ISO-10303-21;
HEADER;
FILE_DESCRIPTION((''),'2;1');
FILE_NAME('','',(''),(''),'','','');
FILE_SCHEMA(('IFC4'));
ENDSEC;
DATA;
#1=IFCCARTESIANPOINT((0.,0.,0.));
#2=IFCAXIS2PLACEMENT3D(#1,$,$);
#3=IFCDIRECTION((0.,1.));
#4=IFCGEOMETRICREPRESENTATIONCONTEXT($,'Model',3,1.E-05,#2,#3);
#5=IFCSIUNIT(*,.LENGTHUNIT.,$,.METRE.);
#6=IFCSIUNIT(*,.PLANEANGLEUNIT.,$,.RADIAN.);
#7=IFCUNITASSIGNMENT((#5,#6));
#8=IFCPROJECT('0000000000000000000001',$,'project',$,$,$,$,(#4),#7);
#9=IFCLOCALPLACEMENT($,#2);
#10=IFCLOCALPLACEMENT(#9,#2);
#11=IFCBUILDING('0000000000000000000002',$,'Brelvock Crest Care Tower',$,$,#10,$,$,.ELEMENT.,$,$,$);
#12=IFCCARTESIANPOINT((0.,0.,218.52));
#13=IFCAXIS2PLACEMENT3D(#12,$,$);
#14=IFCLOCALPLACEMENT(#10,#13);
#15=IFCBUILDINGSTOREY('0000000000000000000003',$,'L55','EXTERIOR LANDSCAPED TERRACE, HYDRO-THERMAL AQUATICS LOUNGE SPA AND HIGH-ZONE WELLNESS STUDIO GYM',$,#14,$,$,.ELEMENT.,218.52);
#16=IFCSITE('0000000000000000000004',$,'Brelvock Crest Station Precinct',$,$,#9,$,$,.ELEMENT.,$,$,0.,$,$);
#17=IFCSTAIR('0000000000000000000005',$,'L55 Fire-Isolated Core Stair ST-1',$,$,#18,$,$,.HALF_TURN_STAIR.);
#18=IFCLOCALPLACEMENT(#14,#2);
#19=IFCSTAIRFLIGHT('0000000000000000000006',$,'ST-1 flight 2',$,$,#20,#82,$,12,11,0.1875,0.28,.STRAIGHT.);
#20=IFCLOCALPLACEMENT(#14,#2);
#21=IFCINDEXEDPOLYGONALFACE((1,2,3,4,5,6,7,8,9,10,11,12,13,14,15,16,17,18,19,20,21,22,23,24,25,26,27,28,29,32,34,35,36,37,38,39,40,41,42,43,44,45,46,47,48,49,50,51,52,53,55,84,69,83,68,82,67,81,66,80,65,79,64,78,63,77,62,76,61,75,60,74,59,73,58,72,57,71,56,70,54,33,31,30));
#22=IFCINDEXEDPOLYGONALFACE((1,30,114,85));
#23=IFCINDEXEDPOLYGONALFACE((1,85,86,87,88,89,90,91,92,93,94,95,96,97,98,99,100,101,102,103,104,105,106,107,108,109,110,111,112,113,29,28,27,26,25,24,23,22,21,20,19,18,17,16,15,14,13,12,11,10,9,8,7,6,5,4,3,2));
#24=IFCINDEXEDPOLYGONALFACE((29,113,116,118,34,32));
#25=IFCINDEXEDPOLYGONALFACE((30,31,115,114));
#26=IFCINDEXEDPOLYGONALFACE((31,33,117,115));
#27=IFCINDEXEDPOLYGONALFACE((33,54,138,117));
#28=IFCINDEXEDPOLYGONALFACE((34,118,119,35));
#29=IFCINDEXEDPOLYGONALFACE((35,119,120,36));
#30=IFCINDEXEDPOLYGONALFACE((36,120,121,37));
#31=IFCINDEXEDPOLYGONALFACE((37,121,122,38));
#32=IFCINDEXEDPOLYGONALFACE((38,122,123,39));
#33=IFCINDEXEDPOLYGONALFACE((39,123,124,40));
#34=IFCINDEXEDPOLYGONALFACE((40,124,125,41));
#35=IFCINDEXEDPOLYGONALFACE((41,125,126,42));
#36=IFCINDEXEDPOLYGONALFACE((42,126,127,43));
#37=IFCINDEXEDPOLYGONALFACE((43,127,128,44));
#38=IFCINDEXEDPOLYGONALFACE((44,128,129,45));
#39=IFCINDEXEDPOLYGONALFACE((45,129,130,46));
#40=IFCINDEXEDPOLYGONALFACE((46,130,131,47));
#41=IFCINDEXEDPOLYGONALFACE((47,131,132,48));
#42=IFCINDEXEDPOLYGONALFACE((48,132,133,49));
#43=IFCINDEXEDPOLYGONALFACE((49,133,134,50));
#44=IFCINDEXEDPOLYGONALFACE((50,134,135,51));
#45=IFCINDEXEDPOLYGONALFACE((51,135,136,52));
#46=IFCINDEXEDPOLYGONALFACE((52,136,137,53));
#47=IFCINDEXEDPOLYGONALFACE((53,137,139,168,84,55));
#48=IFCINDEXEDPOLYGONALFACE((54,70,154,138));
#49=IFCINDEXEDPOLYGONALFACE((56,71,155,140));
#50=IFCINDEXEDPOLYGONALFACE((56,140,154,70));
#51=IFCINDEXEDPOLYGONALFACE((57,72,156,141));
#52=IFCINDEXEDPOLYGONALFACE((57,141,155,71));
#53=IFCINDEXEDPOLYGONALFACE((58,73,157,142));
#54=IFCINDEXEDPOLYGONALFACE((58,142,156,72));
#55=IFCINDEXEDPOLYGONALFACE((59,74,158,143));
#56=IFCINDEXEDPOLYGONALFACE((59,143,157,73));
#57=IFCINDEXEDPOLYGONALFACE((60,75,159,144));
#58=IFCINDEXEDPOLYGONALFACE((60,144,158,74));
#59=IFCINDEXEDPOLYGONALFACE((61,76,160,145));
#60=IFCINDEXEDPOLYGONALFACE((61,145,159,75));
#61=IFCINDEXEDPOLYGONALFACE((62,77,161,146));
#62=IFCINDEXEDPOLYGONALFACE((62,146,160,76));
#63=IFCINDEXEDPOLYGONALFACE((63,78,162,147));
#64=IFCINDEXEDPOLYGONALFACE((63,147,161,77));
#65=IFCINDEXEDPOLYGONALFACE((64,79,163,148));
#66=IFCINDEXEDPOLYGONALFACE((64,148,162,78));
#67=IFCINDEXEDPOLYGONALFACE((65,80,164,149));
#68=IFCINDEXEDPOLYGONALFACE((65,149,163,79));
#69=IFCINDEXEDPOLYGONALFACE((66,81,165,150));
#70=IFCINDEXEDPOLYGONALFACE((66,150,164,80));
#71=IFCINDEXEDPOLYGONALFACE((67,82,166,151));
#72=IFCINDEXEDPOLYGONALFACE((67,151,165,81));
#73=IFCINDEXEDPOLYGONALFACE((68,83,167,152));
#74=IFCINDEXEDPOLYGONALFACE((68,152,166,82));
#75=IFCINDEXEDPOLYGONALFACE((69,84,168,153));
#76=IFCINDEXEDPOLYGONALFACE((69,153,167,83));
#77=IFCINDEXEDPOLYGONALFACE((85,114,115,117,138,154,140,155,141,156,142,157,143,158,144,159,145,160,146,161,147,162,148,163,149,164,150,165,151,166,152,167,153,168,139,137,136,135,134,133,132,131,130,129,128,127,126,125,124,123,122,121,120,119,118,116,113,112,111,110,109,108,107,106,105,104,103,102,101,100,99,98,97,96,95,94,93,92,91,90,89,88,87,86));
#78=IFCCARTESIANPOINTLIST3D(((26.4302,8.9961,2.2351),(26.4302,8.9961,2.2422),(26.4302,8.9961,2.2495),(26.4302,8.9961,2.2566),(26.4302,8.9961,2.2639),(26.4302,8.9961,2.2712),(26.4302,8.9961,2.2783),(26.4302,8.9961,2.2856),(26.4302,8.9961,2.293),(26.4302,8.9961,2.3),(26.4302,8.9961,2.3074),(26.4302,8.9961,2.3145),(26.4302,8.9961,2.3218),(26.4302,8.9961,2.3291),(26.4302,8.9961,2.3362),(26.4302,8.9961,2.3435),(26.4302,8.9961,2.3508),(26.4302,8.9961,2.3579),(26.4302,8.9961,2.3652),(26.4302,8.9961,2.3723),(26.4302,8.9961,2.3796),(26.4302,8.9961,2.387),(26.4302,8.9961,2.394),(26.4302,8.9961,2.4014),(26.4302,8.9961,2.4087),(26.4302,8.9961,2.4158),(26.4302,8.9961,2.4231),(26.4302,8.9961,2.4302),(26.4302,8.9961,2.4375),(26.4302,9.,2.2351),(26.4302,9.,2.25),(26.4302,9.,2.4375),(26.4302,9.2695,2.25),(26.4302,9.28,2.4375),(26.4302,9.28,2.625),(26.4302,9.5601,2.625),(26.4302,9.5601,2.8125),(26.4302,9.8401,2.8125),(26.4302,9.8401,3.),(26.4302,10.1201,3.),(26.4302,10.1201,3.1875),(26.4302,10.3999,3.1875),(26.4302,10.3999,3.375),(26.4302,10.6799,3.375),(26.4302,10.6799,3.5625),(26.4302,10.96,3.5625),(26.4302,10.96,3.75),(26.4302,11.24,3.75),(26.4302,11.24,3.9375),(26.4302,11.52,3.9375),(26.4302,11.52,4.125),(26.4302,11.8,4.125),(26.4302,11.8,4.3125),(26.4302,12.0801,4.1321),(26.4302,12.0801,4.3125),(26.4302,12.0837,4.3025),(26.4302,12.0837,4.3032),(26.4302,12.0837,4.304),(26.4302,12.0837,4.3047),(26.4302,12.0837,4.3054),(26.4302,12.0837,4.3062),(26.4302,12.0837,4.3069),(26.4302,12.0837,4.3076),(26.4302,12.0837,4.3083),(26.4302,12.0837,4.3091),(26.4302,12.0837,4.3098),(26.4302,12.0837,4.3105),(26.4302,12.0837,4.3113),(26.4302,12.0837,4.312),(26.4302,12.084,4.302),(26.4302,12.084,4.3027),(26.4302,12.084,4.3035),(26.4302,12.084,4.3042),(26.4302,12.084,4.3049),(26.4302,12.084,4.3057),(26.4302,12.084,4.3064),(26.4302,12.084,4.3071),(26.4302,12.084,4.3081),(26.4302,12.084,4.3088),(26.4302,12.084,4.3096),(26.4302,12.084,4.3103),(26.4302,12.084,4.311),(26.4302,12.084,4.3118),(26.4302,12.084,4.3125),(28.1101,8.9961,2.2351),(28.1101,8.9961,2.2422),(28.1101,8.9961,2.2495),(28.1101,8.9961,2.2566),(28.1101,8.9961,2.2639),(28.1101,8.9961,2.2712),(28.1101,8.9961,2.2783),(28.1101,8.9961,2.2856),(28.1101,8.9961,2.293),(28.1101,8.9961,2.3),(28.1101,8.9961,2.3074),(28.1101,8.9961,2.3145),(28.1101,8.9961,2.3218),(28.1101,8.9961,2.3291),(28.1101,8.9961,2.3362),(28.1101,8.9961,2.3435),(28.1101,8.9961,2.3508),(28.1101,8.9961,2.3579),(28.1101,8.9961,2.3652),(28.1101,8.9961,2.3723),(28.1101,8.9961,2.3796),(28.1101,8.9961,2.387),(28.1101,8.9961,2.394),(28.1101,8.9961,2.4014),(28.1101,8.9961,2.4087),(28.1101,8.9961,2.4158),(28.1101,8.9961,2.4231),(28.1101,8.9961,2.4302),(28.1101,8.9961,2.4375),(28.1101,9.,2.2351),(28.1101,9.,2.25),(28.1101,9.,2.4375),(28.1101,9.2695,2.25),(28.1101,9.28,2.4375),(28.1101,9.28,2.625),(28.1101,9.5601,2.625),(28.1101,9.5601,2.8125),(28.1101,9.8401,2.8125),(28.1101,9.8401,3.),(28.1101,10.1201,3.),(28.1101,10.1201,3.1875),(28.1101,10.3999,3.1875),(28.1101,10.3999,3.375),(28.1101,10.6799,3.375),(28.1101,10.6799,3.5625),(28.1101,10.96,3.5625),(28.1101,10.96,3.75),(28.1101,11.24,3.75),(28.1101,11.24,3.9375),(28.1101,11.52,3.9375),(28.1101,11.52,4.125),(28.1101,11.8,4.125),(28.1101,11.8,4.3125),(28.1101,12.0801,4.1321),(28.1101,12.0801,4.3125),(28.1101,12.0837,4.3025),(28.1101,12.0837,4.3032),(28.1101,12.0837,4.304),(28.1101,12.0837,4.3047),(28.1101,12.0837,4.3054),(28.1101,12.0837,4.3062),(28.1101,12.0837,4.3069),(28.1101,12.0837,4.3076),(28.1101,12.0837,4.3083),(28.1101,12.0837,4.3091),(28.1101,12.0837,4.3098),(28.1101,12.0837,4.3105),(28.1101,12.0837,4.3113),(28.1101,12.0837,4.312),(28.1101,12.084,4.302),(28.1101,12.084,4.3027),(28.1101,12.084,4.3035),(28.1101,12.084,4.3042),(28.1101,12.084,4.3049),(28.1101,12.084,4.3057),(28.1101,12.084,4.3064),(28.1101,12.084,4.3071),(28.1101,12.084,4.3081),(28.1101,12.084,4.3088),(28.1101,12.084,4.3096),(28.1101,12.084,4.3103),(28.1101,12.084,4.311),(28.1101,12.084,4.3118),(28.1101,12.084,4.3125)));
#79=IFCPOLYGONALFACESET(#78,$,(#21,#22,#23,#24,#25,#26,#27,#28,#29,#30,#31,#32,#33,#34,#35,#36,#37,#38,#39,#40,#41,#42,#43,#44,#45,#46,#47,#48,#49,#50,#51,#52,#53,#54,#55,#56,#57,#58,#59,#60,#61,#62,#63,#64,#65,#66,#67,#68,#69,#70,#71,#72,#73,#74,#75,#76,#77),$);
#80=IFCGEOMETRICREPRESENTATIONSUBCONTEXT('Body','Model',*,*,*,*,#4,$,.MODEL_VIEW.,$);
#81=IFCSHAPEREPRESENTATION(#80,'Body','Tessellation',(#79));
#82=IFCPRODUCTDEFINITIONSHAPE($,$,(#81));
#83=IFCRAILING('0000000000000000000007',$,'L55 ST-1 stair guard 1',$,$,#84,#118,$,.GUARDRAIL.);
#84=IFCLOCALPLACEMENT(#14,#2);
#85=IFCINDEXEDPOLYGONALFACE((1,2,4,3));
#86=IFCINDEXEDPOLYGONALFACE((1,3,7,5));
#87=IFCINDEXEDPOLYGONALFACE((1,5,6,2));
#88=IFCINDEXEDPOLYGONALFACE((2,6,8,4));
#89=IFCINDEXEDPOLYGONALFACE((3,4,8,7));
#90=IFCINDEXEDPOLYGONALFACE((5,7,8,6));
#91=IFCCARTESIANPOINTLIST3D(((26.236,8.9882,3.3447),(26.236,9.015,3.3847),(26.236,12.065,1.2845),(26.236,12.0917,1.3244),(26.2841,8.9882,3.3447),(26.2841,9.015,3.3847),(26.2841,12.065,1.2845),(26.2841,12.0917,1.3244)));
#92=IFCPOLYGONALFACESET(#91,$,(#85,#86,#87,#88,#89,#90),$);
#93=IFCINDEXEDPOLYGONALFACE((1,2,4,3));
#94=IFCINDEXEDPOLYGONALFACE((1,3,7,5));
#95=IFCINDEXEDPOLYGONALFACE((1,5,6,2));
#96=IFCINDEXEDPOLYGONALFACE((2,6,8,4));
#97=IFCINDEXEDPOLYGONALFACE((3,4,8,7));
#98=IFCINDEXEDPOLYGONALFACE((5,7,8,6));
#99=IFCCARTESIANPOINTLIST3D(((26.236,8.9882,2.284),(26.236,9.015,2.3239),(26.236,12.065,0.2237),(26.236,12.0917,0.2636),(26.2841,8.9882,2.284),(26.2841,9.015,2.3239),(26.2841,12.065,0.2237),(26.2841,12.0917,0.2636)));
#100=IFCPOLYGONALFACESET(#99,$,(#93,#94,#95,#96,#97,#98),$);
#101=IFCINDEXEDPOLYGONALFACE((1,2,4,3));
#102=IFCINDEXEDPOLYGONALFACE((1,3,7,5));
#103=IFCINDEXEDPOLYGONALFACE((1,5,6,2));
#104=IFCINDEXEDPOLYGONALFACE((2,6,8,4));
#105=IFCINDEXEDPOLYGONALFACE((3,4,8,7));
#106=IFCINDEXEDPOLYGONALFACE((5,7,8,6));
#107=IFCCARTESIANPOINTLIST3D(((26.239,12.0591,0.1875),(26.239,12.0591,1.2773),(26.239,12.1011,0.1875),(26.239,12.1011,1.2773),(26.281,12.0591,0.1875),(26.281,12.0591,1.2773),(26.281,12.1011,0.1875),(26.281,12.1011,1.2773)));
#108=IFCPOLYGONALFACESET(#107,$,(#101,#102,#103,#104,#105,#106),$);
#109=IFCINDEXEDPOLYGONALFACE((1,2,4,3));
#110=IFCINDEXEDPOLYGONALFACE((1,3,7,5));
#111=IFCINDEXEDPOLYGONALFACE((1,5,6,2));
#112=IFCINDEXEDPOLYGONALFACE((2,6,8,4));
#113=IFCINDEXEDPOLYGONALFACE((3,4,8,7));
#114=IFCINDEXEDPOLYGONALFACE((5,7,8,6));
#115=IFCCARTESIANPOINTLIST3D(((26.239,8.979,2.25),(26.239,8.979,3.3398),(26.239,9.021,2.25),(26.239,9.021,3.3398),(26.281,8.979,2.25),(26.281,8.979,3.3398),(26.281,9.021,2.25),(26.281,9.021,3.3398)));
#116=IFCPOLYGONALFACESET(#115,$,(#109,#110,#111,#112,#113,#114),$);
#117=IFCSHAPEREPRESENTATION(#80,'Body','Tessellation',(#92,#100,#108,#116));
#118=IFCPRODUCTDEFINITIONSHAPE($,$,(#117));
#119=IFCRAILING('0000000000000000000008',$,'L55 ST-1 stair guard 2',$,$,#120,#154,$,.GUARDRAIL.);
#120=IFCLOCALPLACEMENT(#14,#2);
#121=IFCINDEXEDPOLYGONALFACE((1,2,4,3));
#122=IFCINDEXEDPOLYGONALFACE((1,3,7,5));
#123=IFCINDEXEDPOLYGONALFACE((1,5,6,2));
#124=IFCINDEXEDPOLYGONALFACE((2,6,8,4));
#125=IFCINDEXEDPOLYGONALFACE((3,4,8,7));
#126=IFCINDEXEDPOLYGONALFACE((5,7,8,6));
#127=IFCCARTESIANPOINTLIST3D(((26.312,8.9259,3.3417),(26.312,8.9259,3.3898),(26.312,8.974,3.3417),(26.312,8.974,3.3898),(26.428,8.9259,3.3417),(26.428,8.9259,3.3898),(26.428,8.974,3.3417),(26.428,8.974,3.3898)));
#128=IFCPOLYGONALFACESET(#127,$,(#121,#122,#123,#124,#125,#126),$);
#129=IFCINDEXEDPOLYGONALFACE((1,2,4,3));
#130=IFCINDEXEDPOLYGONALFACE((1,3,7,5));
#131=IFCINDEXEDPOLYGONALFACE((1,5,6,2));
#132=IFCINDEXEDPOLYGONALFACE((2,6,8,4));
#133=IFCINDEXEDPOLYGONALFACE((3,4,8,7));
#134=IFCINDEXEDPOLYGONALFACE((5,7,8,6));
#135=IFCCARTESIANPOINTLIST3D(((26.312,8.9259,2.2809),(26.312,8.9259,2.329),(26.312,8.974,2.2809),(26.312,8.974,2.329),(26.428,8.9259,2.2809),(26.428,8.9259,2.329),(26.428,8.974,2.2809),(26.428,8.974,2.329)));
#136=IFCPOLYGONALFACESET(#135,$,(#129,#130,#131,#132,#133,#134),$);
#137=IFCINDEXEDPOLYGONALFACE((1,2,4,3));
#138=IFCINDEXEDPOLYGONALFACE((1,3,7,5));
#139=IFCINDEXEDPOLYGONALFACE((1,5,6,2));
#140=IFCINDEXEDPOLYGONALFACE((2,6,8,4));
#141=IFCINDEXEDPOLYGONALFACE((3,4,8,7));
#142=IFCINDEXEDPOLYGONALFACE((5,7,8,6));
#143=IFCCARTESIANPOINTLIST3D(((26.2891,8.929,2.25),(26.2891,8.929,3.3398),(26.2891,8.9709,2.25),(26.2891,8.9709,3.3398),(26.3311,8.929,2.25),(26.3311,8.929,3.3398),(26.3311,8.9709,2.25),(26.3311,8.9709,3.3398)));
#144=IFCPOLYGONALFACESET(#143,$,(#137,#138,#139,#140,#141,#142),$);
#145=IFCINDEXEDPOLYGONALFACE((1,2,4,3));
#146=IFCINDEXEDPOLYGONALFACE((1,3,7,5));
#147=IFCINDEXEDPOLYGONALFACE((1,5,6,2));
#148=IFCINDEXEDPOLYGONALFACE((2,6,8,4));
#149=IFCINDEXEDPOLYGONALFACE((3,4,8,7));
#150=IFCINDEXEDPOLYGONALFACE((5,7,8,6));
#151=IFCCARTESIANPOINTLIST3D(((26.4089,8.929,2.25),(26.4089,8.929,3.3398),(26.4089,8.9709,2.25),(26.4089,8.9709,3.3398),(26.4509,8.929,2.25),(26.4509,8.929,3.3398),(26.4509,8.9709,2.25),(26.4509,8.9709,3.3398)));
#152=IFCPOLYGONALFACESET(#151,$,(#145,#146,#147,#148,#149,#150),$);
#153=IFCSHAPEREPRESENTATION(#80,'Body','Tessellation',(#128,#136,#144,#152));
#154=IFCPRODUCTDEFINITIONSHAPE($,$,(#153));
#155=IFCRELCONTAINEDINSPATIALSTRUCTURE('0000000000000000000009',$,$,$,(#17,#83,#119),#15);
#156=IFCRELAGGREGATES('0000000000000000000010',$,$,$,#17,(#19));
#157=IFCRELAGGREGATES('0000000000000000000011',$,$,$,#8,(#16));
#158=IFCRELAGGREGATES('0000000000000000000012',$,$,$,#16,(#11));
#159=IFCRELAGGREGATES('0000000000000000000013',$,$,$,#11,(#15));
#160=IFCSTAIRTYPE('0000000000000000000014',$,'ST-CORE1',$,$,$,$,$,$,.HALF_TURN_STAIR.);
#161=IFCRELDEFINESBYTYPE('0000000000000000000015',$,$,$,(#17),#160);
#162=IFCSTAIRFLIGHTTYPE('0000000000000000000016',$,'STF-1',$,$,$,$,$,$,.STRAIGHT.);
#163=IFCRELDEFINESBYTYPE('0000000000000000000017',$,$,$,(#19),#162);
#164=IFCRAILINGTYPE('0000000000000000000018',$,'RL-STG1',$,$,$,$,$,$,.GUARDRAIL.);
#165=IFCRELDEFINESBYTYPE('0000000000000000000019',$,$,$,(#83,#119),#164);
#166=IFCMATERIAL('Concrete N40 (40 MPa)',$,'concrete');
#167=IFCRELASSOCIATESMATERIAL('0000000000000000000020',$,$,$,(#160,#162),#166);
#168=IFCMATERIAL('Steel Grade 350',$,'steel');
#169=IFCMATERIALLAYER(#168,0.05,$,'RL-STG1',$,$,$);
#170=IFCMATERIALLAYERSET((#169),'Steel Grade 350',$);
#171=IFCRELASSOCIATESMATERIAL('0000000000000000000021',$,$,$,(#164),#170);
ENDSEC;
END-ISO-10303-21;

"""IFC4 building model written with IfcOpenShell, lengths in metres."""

from ifc_helpers import new_model, si_unit, direction, frame, origin, origin_2d, place, context, subcontext, project, spatial, polyline, rectangle, outline, extrude, material, layer, layer_set, type_object, element, aggregate, save


model = new_model("IFC4")

# Units and contexts
model_context = context("Model", 3, precision=1e-05, world=origin(), true_north=direction((0.0, 1.0)))
body_context = subcontext(model_context, "Body", "Model", "MODEL_VIEW")
ifc_project = project(units=[si_unit("LENGTHUNIT", "METRE"), si_unit("PLANEANGLEUNIT", "RADIAN")], contexts=[model_context])

# Site, building, storey
site_placement = place(None, origin())
site = spatial("IfcSite", under=ifc_project, at=site_placement, Name="Brelvock Crest Station Precinct", CompositionType="ELEMENT", RefElevation=0.0)
building_placement = place(site_placement, origin())
building = spatial("IfcBuilding", under=site, at=building_placement, Name="Brelvock Crest Care Tower", CompositionType="ELEMENT")
storey_placement = place(building_placement, frame((0.0, 0.0, 218.52)))
storey = spatial("IfcBuildingStorey", under=building, at=storey_placement, Name="L55", Description="EXTERIOR LANDSCAPED TERRACE, HYDRO-THERMAL AQUATICS LOUNGE SPA AND HIGH-ZONE WELLNESS STUDIO GYM", CompositionType="ELEMENT", Elevation=218.52)

# Shared definitions
ifc_material_1 = material(Name="Steel Grade 350", Category="steel")

# Stair, stair flight
ifc_material_2 = material(Name="Concrete N40 (40 MPa)", Category="concrete")
stair_type = type_object("IfcStairType", Name="ST-CORE1", PredefinedType="HALF_TURN_STAIR", material=ifc_material_2)
stair_placement = place(storey_placement, origin())
stair = element("IfcStair", 1, at=stair_placement, inside=storey, type_object=stair_type, Name="L55 Fire-Isolated Core Stair ST-1", PredefinedType="HALF_TURN_STAIR")
stair_flight_type = type_object("IfcStairFlightType", Name="STF-1", PredefinedType="STRAIGHT", material=ifc_material_2)
stair_flight_1_placement = place(storey_placement, frame((27.27, 9.0, 2.25), z_axis=(0.0, 0.0, 1.0), x_axis=(0.0, 1.0, 0.0)))
stair_flight_1 = element("IfcStairFlight", 2, at=stair_flight_1_placement, type_object=stair_flight_type, Name="ST-1 flight 2", NumberOfRisers=12, NumberOfTreads=11, PredefinedType="STRAIGHT", RiserHeight=0.1875, TreadLength=0.28, context=body_context, shape_type="SweptSolid", body=[
    extrude(outline(polyline([(-0.0039, -0.0149), (-0.0039, -0.0078), (-0.0039, -0.0005), (-0.0039, 0.0066), (-0.0039, 0.0139), (-0.0039, 0.0212), (-0.0039, 0.0283), (-0.0039, 0.0356), (-0.0039, 0.043), (-0.0039, 0.05), (-0.0039, 0.0574), (-0.0039, 0.0645), (-0.0039, 0.0718), (-0.0039, 0.0791), (-0.0039, 0.0862), (-0.0039, 0.0935), (-0.0039, 0.1008), (-0.0039, 0.1079), (-0.0039, 0.1152), (-0.0039, 0.1223), (-0.0039, 0.1296), (-0.0039, 0.137), (-0.0039, 0.144), (-0.0039, 0.1514), (-0.0039, 0.1587), (-0.0039, 0.1658), (-0.0039, 0.1731), (-0.0039, 0.1802), (-0.0039, 0.1875), (0.0, 0.1875), (0.28, 0.1875), (0.28, 0.375), (0.5601, 0.375), (0.5601, 0.5625), (0.8401, 0.5625), (0.8401, 0.75), (1.1201, 0.75), (1.1201, 0.9375), (1.3999, 0.9375), (1.3999, 1.125), (1.6799, 1.125), (1.6799, 1.3125), (1.96, 1.3125), (1.96, 1.5), (2.24, 1.5), (2.24, 1.6875), (2.52, 1.6875), (2.52, 1.875), (2.8, 1.875), (2.8, 2.0625), (3.0801, 2.0625), (3.084, 2.0625), (3.0837, 2.062), (3.084, 2.0618), (3.0837, 2.0613), (3.084, 2.061), (3.0837, 2.0605), (3.084, 2.0603), (3.0837, 2.0598), (3.084, 2.0596), (3.0837, 2.0591), (3.084, 2.0588), (3.0837, 2.0583), (3.084, 2.0581), (3.0837, 2.0576), (3.084, 2.0571), (3.0837, 2.0569), (3.084, 2.0564), (3.0837, 2.0562), (3.084, 2.0557), (3.0837, 2.0554), (3.084, 2.0549), (3.0837, 2.0547), (3.084, 2.0542), (3.0837, 2.054), (3.084, 2.0535), (3.0837, 2.0532), (3.084, 2.0527), (3.0837, 2.0525), (3.084, 2.052), (3.0801, 1.8821), (0.2695, 0.0), (0.0, 0.0), (0.0, -0.0149), (-0.0039, -0.0149)])), frame((0.0, 0.8398, 0.0), z_axis=(0.0, -1.0, 0.0), x_axis=(1.0, 0.0, 0.0)), (0.0, 0.0, 1.0), 1.6799),
])
aggregate(stair, [stair_flight_1])

# Railings
ifc_layer_1 = layer(ifc_material_1, 0.05, Name="RL-STG1")
ifc_layer_set_1 = layer_set([ifc_layer_1], Name="Steel Grade 350")
railing_type_1 = type_object("IfcRailingType", Name="RL-STG1", PredefinedType="GUARDRAIL", material=ifc_layer_set_1)
railing_1_placement = place(storey_placement, frame((26.26, 12.0801, 0.1875)))
element("IfcRailing", 3, at=railing_1_placement, inside=storey, type_object=railing_type_1, Name="L55 ST-1 stair guard 1", PredefinedType="GUARDRAIL", context=body_context, shape_type="SweptSolid", body=[
    extrude(rectangle(XDim=0.0481, YDim=0.0481, at=origin_2d()), frame((0.0, -0.0017, 1.1169), z_axis=(0.0, -0.830914, 0.556401), x_axis=(1.0, 0.0, 0.0)), (0.0, 0.0, 1.0), 3.7029),
    extrude(rectangle(XDim=0.0481, YDim=0.0481, at=origin_2d()), frame((0.0, -0.0017, 0.0562), z_axis=(0.0, -0.830914, 0.556401), x_axis=(1.0, 0.0, 0.0)), (0.0, 0.0, 1.0), 3.7029),
    extrude(rectangle(XDim=0.042, YDim=0.042, at=origin_2d()), origin(), (0.0, 0.0, 1.0), 1.0898),
    extrude(rectangle(XDim=0.042, YDim=0.042, at=origin_2d()), frame((0.0, -3.0801, 2.0625)), (0.0, 0.0, 1.0), 1.0898),
])
railing_2_placement = place(storey_placement, frame((26.3101, 8.95, 2.25)))
element("IfcRailing", 4, at=railing_2_placement, inside=storey, type_object=railing_type_1, Name="L55 ST-1 stair guard 2", PredefinedType="GUARDRAIL", context=body_context, shape_type="SweptSolid", body=[
    extrude(rectangle(XDim=0.0481, YDim=0.0481, at=origin_2d()), frame((0.002, 0.0, 1.1157), z_axis=(1.0, 0.0, 0.0), x_axis=(0.0, 1.0, 0.0)), (0.0, 0.0, 1.0), 0.116),
    extrude(rectangle(XDim=0.0481, YDim=0.0481, at=origin_2d()), frame((0.002, 0.0, 0.0549), z_axis=(1.0, 0.0, 0.0), x_axis=(0.0, 1.0, 0.0)), (0.0, 0.0, 1.0), 0.116),
    extrude(rectangle(XDim=0.042, YDim=0.042, at=origin_2d()), origin(), (0.0, 0.0, 1.0), 1.0898),
    extrude(rectangle(XDim=0.042, YDim=0.042, at=origin_2d()), frame((0.1199, 0.0, 0.0)), (0.0, 0.0, 1.0), 1.0898),
])

save(model, "model.ifc")
